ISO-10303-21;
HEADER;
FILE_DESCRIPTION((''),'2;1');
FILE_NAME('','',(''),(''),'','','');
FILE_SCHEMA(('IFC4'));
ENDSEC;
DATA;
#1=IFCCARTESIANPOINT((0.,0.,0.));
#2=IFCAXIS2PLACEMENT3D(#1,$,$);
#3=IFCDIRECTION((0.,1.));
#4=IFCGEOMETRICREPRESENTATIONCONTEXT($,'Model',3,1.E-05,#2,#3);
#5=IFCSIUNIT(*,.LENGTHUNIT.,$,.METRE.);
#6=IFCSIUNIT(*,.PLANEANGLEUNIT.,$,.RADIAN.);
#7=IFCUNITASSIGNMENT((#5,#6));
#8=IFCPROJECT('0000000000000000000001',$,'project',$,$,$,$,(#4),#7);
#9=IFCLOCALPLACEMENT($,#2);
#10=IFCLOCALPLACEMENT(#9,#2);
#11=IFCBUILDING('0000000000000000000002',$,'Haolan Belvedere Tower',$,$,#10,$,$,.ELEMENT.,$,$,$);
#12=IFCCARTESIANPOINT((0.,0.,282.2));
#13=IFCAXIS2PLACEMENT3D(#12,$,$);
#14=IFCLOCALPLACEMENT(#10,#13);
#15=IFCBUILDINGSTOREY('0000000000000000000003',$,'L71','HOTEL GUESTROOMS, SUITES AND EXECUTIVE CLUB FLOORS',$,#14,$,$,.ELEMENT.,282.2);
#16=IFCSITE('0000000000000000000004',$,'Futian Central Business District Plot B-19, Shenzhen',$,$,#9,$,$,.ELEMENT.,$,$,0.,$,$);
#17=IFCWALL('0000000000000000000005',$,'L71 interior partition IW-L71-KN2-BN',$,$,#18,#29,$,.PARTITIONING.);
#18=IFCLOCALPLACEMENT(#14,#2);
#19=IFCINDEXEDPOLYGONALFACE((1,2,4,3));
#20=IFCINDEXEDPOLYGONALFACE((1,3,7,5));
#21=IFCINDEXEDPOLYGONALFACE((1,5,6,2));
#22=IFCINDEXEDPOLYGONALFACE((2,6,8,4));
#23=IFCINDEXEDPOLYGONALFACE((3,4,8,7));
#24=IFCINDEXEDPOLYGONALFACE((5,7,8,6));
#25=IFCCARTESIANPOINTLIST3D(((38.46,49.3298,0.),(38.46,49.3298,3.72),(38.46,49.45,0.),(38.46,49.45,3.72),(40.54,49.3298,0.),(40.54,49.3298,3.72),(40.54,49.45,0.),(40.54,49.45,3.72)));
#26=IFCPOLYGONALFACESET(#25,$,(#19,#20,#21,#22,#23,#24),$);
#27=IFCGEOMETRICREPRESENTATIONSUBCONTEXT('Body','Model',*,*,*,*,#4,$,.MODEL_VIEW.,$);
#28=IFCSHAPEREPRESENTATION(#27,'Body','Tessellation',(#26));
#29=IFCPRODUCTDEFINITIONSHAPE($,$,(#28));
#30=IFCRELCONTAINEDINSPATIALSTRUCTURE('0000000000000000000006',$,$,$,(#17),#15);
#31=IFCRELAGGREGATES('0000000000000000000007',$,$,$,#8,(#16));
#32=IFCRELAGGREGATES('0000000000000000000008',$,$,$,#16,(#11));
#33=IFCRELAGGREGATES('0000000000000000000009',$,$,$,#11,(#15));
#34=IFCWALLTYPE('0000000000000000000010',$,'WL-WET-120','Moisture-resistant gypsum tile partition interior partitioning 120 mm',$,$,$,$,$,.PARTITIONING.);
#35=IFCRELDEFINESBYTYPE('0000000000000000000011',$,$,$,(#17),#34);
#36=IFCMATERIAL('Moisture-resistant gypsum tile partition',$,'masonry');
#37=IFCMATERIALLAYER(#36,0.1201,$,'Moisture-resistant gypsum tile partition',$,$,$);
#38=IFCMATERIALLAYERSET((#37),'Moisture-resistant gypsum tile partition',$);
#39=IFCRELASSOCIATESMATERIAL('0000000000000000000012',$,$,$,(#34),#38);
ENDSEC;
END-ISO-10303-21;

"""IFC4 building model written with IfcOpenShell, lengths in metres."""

from ifc_helpers import new_model, si_unit, direction, frame, frame_2d, origin, place, context, subcontext, project, spatial, rectangle, extrude, material, layer, layer_set, type_object, element, save


model = new_model("IFC4")

# Units and contexts
model_context = context("Model", 3, precision=1e-05, world=origin(), true_north=direction((0.0, 1.0)))
body_context = subcontext(model_context, "Body", "Model", "MODEL_VIEW")
ifc_project = project(units=[si_unit("LENGTHUNIT", "METRE"), si_unit("PLANEANGLEUNIT", "RADIAN")], contexts=[model_context])

# Site, building, storey
site_placement = place(None, origin())
site = spatial("IfcSite", under=ifc_project, at=site_placement, Name="Futian Central Business District Plot B-19, Shenzhen", CompositionType="ELEMENT", RefElevation=0.0)
building_placement = place(site_placement, origin())
building = spatial("IfcBuilding", under=site, at=building_placement, Name="Haolan Belvedere Tower", CompositionType="ELEMENT")
storey_placement = place(building_placement, frame((0.0, 0.0, 282.2)))
storey = spatial("IfcBuildingStorey", under=building, at=storey_placement, Name="L71", Description="HOTEL GUESTROOMS, SUITES AND EXECUTIVE CLUB FLOORS", CompositionType="ELEMENT", Elevation=282.2)

# Wall
ifc_material_1 = material(Name="Moisture-resistant gypsum tile partition", Category="masonry")
ifc_layer_1 = layer(ifc_material_1, 0.1201, Name="Moisture-resistant gypsum tile partition")
ifc_layer_set_1 = layer_set([ifc_layer_1], Name="Moisture-resistant gypsum tile partition")
wall_type_1 = type_object("IfcWallType", Name="WL-WET-120", Description="Moisture-resistant gypsum tile partition interior partitioning 120 mm", PredefinedType="PARTITIONING", material=ifc_layer_set_1)
wall_1_placement = place(storey_placement, frame((38.46, 49.3899, 0.0), z_axis=(0.0, 0.0, 1.0), x_axis=(1.0, 0.0, 0.0)))
element("IfcWall", 1, at=wall_1_placement, inside=storey, type_object=wall_type_1, Name="L71 interior partition IW-L71-KN2-BN", PredefinedType="PARTITIONING", context=body_context, shape_type="SweptSolid", body=[
    extrude(rectangle(XDim=2.0801, YDim=0.1201, at=frame_2d((1.04, 0.0))), origin(), (0.0, 0.0, 1.0), 3.72),
])

save(model, "model.ifc")
